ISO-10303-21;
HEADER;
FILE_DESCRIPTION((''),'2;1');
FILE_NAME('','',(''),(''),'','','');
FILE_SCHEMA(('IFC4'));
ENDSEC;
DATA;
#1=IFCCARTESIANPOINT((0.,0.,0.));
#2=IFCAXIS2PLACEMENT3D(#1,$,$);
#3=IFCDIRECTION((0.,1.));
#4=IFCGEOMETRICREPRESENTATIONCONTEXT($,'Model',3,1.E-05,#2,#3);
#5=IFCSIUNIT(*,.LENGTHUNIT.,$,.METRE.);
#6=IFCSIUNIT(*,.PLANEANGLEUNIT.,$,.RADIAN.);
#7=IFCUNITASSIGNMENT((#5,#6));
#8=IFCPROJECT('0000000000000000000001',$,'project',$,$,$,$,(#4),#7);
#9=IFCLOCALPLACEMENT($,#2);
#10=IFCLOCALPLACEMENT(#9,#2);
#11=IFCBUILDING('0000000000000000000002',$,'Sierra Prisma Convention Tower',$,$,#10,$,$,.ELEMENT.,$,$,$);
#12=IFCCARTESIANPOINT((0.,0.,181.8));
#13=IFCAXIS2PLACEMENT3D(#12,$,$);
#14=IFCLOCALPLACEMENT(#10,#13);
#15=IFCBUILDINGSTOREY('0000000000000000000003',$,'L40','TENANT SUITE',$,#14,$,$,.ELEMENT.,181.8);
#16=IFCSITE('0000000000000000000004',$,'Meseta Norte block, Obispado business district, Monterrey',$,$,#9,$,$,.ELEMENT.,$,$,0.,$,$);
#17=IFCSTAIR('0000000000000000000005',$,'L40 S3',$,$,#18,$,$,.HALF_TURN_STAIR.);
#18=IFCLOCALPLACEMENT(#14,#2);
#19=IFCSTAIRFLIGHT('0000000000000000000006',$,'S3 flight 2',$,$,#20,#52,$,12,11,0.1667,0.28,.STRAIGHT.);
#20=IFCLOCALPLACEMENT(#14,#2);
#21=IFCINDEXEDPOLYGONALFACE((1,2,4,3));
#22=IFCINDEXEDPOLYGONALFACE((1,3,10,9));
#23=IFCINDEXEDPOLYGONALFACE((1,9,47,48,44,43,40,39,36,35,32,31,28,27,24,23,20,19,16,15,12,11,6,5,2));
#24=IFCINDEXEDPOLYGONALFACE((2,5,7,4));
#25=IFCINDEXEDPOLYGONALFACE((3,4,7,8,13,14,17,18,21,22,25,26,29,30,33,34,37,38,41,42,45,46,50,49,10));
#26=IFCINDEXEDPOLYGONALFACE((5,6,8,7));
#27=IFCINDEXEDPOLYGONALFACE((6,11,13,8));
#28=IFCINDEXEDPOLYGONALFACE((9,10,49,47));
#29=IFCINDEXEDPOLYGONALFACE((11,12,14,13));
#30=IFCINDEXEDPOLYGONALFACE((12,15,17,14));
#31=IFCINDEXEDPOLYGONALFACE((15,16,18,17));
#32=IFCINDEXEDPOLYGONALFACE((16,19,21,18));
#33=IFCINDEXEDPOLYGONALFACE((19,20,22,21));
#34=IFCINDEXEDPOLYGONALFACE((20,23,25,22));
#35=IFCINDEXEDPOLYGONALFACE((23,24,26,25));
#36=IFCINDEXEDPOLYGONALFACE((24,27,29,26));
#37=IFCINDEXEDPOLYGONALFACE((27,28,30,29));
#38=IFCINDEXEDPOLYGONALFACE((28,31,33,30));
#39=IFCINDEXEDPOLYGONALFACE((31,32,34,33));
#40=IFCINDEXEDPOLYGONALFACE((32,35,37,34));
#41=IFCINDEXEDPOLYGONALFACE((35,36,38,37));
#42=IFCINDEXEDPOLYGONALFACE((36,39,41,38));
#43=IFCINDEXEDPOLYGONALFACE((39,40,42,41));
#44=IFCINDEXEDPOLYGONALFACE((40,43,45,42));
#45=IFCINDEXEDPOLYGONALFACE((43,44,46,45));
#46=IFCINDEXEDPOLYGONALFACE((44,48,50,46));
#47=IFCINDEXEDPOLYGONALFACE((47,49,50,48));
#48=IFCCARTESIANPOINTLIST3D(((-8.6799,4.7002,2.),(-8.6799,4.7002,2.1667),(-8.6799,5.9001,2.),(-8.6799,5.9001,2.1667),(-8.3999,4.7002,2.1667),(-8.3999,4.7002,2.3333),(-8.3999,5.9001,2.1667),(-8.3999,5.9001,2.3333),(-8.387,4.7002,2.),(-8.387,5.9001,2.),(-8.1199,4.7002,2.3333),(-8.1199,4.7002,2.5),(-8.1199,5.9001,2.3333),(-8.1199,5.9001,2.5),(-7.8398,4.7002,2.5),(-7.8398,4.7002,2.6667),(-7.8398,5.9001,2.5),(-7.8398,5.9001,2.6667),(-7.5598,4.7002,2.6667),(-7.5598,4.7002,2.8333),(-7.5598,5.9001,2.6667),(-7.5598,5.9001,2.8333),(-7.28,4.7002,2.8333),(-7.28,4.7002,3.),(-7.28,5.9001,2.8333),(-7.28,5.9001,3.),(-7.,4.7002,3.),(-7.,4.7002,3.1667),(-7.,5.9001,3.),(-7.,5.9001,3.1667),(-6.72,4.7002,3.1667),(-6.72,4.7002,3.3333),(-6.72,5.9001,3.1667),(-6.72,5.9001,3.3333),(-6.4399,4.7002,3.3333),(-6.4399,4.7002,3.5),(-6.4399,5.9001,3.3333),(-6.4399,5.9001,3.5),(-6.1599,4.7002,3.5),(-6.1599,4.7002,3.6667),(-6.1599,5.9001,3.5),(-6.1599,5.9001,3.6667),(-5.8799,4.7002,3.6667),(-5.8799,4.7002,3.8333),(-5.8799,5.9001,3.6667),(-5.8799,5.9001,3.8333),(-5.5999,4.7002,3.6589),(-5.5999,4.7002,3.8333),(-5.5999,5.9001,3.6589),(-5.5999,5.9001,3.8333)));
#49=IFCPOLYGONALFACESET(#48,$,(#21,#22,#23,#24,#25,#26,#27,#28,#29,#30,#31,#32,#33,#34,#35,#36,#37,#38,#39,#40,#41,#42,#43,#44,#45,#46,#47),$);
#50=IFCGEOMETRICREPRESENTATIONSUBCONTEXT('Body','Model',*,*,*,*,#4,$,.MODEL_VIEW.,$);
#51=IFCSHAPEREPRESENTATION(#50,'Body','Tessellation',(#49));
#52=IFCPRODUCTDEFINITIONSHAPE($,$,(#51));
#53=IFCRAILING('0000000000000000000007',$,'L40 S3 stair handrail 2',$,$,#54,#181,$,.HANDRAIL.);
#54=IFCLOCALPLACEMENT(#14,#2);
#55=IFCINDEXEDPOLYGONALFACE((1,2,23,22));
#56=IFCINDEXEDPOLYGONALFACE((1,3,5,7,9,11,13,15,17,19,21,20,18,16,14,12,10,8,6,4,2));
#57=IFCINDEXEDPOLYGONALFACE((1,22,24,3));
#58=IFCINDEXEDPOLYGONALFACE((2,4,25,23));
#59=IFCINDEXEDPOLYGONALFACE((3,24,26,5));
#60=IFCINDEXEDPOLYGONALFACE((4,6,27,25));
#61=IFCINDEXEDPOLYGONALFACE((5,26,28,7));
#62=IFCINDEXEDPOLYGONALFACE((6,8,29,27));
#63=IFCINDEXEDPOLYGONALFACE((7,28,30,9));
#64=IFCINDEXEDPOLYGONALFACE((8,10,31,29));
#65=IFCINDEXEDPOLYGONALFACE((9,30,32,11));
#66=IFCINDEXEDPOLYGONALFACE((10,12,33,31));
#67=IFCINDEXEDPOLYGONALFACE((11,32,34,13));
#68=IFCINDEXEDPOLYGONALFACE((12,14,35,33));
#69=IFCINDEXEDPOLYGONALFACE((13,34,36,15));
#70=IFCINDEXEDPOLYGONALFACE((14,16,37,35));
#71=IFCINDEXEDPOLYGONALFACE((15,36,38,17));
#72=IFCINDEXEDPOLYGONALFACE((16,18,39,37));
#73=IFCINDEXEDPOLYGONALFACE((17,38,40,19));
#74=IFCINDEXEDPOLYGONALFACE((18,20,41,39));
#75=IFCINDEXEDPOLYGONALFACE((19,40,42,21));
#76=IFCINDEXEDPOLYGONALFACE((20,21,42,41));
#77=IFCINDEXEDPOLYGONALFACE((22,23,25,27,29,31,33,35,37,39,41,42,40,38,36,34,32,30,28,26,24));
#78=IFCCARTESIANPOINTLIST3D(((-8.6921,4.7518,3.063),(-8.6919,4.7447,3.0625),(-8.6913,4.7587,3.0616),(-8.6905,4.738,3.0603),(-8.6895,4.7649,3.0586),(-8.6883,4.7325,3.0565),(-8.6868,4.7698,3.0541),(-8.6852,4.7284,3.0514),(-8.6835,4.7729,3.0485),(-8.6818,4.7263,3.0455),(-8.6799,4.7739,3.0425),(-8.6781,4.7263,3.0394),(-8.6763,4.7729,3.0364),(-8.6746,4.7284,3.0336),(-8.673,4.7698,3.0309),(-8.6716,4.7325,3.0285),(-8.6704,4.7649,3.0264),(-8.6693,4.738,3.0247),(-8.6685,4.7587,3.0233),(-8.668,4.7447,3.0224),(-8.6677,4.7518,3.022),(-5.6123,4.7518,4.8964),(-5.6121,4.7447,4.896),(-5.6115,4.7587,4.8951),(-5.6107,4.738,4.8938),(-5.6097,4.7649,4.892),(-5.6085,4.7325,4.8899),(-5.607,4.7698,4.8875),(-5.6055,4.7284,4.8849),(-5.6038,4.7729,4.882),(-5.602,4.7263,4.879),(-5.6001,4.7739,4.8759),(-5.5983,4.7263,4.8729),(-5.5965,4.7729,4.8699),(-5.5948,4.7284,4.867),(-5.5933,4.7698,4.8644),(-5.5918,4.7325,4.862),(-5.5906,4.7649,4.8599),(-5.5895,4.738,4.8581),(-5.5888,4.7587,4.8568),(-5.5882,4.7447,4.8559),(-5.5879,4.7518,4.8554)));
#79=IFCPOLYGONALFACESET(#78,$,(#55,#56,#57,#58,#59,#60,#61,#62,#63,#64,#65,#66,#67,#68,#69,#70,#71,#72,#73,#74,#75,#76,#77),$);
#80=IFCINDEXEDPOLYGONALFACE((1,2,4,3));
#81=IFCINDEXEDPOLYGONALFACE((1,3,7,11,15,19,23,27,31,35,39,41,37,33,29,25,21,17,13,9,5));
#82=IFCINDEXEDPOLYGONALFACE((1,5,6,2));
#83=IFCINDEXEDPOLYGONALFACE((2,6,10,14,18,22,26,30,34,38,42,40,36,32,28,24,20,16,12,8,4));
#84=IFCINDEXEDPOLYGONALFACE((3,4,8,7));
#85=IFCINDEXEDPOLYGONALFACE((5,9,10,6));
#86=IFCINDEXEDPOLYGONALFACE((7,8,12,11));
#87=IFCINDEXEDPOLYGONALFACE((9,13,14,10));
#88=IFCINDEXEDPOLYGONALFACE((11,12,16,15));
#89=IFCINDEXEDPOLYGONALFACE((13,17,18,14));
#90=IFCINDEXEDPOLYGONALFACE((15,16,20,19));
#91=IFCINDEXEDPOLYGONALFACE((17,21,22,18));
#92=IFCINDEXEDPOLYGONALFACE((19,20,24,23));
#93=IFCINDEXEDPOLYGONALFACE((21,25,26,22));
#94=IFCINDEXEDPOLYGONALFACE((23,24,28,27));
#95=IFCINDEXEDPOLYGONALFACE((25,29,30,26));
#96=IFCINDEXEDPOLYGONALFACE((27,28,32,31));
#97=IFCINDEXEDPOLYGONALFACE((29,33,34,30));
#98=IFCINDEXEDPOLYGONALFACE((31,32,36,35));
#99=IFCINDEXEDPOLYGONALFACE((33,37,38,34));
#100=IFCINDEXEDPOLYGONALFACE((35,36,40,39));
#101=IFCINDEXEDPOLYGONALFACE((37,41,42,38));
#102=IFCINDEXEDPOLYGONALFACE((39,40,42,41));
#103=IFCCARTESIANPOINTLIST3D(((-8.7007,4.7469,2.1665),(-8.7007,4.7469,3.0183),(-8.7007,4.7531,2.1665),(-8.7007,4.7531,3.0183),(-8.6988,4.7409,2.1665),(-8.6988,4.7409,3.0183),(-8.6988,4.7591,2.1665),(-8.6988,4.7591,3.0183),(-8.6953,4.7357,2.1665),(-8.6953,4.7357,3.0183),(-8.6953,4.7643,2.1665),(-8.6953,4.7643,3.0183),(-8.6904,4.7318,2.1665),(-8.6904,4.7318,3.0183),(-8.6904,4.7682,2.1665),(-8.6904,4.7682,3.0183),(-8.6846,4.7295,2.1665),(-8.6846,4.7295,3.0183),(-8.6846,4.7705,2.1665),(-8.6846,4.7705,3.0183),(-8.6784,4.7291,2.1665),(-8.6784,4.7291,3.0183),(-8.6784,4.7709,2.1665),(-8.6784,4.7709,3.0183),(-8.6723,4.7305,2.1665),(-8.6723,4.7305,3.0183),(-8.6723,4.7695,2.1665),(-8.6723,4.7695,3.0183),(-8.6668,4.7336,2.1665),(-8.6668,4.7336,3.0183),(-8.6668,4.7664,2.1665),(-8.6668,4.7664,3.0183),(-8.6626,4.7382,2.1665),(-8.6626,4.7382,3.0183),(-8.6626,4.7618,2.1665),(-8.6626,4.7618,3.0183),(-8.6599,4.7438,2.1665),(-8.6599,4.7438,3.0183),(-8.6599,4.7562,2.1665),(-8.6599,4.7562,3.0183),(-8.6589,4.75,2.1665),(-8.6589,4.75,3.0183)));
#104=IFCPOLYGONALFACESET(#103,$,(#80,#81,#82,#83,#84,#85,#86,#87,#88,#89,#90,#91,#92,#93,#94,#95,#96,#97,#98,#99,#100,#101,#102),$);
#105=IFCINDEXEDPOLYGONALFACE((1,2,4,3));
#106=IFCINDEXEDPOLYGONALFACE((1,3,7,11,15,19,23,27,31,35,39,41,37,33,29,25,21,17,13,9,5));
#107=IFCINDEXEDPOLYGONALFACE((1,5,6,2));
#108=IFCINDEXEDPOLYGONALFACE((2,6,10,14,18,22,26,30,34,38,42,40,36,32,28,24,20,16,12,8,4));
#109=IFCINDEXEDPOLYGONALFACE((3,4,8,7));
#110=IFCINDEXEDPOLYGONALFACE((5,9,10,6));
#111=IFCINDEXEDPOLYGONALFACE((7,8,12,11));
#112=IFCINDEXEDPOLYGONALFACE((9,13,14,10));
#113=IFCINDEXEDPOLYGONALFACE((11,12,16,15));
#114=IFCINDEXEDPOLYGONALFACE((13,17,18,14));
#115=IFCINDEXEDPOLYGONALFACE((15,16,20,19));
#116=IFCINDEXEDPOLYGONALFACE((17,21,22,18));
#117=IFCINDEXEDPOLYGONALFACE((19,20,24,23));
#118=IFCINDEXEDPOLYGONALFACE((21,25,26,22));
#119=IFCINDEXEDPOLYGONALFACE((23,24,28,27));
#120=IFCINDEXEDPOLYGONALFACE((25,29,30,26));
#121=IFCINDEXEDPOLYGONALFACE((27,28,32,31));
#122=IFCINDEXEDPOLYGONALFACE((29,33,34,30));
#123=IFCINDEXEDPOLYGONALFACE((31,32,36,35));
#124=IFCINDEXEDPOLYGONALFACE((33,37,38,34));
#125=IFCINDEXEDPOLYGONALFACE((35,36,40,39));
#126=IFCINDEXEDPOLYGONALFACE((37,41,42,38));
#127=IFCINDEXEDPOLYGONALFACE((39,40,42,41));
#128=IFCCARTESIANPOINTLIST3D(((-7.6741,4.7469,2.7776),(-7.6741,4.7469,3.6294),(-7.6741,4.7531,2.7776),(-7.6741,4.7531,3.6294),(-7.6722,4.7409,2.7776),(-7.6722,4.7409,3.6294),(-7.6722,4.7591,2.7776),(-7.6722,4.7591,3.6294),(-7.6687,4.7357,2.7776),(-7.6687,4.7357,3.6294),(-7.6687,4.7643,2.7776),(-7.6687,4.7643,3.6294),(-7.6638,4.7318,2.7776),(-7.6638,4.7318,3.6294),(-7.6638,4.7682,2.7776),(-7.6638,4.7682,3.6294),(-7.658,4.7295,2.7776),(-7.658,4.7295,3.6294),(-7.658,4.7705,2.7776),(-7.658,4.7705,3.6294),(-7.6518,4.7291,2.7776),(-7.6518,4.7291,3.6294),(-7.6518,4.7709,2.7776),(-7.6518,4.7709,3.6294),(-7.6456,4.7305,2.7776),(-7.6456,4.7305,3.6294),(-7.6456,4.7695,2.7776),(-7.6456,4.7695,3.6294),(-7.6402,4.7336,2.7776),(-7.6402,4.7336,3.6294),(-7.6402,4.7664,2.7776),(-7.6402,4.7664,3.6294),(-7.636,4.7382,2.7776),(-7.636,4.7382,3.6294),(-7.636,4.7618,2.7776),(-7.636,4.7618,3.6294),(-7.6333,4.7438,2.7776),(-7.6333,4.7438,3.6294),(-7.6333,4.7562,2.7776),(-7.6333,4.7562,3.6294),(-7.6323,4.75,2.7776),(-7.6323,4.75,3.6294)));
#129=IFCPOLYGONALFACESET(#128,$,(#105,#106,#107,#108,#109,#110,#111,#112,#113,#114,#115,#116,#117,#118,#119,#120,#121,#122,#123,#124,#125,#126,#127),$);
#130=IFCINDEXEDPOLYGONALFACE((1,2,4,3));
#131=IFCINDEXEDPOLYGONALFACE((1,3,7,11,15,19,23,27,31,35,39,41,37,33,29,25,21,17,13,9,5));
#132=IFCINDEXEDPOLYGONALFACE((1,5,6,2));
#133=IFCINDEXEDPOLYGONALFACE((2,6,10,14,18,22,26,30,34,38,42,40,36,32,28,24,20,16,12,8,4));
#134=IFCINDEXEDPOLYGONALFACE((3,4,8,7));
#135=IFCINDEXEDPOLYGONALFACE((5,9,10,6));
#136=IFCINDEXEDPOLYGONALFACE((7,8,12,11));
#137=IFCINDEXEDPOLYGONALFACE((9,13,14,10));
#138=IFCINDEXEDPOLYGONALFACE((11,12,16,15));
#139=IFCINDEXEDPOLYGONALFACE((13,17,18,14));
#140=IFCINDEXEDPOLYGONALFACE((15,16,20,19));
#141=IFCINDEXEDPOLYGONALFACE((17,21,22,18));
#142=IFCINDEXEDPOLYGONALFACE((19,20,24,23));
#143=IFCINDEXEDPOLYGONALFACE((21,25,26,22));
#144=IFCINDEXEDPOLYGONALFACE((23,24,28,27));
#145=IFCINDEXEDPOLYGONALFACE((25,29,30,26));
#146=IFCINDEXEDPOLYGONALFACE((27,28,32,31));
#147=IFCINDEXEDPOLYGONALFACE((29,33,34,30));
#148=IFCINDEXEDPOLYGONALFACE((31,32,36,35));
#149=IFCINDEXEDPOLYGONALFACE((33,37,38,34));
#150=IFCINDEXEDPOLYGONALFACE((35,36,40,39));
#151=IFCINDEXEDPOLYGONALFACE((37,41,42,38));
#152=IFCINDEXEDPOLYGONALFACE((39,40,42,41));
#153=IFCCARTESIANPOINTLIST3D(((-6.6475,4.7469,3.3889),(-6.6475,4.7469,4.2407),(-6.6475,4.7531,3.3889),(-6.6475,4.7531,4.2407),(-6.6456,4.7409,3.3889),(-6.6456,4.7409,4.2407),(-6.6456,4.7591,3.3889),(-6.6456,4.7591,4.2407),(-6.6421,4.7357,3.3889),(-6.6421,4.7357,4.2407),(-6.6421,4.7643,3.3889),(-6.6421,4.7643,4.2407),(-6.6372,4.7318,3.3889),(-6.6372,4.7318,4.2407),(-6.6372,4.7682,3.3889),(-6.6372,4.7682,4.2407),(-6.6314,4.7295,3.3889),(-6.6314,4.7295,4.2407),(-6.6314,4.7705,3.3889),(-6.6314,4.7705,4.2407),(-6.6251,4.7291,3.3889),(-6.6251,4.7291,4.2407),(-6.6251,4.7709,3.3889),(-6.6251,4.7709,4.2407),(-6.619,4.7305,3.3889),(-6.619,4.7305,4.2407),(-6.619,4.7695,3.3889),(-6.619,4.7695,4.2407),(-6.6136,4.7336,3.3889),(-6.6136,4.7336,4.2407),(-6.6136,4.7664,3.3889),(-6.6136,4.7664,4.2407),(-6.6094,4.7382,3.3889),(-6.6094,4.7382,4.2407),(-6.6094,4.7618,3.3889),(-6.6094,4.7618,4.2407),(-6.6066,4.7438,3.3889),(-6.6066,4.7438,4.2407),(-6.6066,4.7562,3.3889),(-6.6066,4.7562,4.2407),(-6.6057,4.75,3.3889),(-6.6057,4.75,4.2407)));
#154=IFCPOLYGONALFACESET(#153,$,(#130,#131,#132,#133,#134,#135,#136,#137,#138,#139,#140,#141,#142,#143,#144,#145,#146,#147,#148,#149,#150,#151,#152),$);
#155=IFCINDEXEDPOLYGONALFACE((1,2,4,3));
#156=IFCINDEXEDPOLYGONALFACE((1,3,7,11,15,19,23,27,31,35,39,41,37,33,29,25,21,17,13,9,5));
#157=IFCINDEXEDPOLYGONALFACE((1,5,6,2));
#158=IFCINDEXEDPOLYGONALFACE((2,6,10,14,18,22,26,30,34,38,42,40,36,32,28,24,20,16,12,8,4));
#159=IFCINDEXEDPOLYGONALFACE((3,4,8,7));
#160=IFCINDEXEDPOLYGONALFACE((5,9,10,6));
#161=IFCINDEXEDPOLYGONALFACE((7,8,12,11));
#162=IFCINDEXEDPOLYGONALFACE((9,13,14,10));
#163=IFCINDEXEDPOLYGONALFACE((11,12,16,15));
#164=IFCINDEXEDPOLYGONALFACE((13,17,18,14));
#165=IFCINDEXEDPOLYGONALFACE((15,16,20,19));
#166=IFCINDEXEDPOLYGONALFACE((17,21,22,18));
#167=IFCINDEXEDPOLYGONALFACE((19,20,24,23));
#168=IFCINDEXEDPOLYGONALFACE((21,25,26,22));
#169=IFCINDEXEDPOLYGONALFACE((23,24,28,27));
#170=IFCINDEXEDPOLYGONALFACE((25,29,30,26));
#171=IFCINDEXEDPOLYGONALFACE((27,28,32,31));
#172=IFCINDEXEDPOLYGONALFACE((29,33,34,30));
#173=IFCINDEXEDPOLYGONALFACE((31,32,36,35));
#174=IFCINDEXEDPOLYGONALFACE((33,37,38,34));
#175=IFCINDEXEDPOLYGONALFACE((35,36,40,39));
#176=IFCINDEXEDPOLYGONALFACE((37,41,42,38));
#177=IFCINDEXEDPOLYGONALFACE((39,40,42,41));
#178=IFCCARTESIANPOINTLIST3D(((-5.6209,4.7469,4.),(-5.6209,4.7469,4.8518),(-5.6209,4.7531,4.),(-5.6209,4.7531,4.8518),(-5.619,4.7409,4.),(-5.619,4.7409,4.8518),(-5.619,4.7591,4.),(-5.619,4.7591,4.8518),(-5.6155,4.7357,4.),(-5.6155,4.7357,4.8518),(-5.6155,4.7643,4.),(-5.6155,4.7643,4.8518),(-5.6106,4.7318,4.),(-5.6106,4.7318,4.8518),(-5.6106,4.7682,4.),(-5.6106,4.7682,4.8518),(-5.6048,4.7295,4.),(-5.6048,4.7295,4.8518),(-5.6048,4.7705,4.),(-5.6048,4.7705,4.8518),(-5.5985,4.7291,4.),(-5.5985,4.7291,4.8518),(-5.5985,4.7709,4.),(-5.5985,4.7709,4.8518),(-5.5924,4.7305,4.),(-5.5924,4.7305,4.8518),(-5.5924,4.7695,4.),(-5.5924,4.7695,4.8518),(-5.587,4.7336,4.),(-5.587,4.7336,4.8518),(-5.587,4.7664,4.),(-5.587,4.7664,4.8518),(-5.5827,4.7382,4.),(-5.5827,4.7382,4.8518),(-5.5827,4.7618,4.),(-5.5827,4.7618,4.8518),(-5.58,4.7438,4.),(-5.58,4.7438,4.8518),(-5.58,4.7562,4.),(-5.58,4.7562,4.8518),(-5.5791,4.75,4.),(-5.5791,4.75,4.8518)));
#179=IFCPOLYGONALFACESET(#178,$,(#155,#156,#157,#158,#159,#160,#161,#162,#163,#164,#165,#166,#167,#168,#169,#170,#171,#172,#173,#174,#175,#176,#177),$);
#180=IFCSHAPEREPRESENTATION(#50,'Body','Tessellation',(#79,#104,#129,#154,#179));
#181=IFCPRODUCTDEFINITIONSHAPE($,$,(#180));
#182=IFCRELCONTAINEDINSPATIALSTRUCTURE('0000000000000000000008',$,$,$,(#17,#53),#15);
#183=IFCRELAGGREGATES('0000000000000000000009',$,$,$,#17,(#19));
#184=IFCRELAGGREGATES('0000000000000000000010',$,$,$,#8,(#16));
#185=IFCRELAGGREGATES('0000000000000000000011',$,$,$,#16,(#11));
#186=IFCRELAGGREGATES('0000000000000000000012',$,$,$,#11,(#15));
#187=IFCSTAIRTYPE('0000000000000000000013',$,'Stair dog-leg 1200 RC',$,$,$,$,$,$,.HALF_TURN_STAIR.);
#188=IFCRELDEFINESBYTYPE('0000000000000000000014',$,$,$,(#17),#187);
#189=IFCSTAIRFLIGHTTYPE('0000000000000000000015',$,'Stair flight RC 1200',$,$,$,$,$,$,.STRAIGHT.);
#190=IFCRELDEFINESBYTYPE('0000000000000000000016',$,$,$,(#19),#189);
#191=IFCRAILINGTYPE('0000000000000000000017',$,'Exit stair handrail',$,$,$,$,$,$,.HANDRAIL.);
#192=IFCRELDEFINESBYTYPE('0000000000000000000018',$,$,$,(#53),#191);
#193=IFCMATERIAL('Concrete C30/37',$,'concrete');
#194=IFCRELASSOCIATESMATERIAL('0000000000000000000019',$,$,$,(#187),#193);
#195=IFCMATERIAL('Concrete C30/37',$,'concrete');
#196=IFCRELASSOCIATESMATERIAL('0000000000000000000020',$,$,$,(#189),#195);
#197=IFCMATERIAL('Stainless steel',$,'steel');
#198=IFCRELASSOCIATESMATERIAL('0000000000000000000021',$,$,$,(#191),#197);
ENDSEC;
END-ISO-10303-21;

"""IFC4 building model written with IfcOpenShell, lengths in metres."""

from ifc_helpers import new_model, si_unit, direction, frame, origin, origin_2d, place, context, subcontext, project, spatial, polyline, circle, outline, extrude, material, type_object, element, aggregate, save


model = new_model("IFC4")

# Units and contexts
model_context = context("Model", 3, precision=1e-05, world=origin(), true_north=direction((0.0, 1.0)))
body_context = subcontext(model_context, "Body", "Model", "MODEL_VIEW")
ifc_project = project(units=[si_unit("LENGTHUNIT", "METRE"), si_unit("PLANEANGLEUNIT", "RADIAN")], contexts=[model_context])

# Site, building, storey
site_placement = place(None, origin())
site = spatial("IfcSite", under=ifc_project, at=site_placement, Name="Meseta Norte block, Obispado business district, Monterrey", CompositionType="ELEMENT", RefElevation=0.0)
building_placement = place(site_placement, origin())
building = spatial("IfcBuilding", under=site, at=building_placement, Name="Sierra Prisma Convention Tower", CompositionType="ELEMENT")
storey_placement = place(building_placement, frame((0.0, 0.0, 181.8)))
storey = spatial("IfcBuildingStorey", under=building, at=storey_placement, Name="L40", Description="TENANT SUITE", CompositionType="ELEMENT", Elevation=181.8)

# Stair, stair flight
ifc_material_1 = material(Name="Concrete C30/37", Category="concrete")
stair_type = type_object("IfcStairType", Name="Stair dog-leg 1200 RC", PredefinedType="HALF_TURN_STAIR", material=ifc_material_1)
stair_placement = place(storey_placement, origin())
stair = element("IfcStair", 1, at=stair_placement, inside=storey, type_object=stair_type, Name="L40 S3", PredefinedType="HALF_TURN_STAIR")
ifc_material_2 = material(Name="Concrete C30/37", Category="concrete")
stair_flight_type = type_object("IfcStairFlightType", Name="Stair flight RC 1200", PredefinedType="STRAIGHT", material=ifc_material_2)
stair_flight_placement = place(storey_placement, frame((-8.6799, 5.3, 2.0), z_axis=(0.0, 0.0, 1.0), x_axis=(1.0, 0.0, 0.0)))
stair_flight = element("IfcStairFlight", 2, at=stair_flight_placement, type_object=stair_flight_type, Name="S3 flight 2", NumberOfRisers=12, NumberOfTreads=11, PredefinedType="STRAIGHT", RiserHeight=0.1667, TreadLength=0.28, context=body_context, shape_type="SweptSolid", body=[
    extrude(outline(polyline([(0.0, 0.0), (0.0, 0.1667), (0.28, 0.1667), (0.28, 0.3333), (0.5601, 0.3333), (0.5601, 0.5), (0.8401, 0.5), (0.8401, 0.6667), (1.1201, 0.6667), (1.1201, 0.8333), (1.3999, 0.8333), (1.3999, 1.0), (1.6799, 1.0), (1.6799, 1.1667), (1.96, 1.1667), (1.96, 1.3333), (2.24, 1.3333), (2.24, 1.5), (2.52, 1.5), (2.52, 1.6667), (2.8, 1.6667), (2.8, 1.8333), (3.0801, 1.8333), (3.0801, 2.0), (3.0801, 1.6589), (0.293, 0.0), (0.0, 0.0)])), frame((0.0, 0.6001, 0.0), z_axis=(0.0, -1.0, 0.0), x_axis=(1.0, 0.0, 0.0)), (0.0, 0.0, 1.0), 1.2),
])
aggregate(stair, [stair_flight])

# Railing
ifc_material_3 = material(Name="Stainless steel", Category="steel")
railing_type_1 = type_object("IfcRailingType", Name="Exit stair handrail", PredefinedType="HANDRAIL", material=ifc_material_3)
railing_1_placement = place(storey_placement, frame((-8.6799, 4.75, 2.1665)))
element("IfcRailing", 3, at=railing_1_placement, inside=storey, type_object=railing_type_1, Name="L40 S3 stair handrail 2", PredefinedType="HANDRAIL", context=body_context, shape_type="SweptSolid", body=[
    extrude(circle(Radius=0.0239, at=origin_2d()), frame((0.0, 0.0, 0.876), z_axis=(0.859261, 0.0, 0.511538), x_axis=(0.0, 1.0, 0.0)), (0.0, 0.0, 1.0), 3.5842),
    extrude(circle(Radius=0.021, at=origin_2d()), origin(), (0.0, 0.0, 1.0), 0.8518),
    extrude(circle(Radius=0.021, at=origin_2d()), frame((1.0266, 0.0, 0.6111)), (0.0, 0.0, 1.0), 0.8518),
    extrude(circle(Radius=0.021, at=origin_2d()), frame((2.0532, 0.0, 1.2224)), (0.0, 0.0, 1.0), 0.8518),
    extrude(circle(Radius=0.021, at=origin_2d()), frame((3.0798, 0.0, 1.8335)), (0.0, 0.0, 1.0), 0.8518),
])

save(model, "model.ifc")
